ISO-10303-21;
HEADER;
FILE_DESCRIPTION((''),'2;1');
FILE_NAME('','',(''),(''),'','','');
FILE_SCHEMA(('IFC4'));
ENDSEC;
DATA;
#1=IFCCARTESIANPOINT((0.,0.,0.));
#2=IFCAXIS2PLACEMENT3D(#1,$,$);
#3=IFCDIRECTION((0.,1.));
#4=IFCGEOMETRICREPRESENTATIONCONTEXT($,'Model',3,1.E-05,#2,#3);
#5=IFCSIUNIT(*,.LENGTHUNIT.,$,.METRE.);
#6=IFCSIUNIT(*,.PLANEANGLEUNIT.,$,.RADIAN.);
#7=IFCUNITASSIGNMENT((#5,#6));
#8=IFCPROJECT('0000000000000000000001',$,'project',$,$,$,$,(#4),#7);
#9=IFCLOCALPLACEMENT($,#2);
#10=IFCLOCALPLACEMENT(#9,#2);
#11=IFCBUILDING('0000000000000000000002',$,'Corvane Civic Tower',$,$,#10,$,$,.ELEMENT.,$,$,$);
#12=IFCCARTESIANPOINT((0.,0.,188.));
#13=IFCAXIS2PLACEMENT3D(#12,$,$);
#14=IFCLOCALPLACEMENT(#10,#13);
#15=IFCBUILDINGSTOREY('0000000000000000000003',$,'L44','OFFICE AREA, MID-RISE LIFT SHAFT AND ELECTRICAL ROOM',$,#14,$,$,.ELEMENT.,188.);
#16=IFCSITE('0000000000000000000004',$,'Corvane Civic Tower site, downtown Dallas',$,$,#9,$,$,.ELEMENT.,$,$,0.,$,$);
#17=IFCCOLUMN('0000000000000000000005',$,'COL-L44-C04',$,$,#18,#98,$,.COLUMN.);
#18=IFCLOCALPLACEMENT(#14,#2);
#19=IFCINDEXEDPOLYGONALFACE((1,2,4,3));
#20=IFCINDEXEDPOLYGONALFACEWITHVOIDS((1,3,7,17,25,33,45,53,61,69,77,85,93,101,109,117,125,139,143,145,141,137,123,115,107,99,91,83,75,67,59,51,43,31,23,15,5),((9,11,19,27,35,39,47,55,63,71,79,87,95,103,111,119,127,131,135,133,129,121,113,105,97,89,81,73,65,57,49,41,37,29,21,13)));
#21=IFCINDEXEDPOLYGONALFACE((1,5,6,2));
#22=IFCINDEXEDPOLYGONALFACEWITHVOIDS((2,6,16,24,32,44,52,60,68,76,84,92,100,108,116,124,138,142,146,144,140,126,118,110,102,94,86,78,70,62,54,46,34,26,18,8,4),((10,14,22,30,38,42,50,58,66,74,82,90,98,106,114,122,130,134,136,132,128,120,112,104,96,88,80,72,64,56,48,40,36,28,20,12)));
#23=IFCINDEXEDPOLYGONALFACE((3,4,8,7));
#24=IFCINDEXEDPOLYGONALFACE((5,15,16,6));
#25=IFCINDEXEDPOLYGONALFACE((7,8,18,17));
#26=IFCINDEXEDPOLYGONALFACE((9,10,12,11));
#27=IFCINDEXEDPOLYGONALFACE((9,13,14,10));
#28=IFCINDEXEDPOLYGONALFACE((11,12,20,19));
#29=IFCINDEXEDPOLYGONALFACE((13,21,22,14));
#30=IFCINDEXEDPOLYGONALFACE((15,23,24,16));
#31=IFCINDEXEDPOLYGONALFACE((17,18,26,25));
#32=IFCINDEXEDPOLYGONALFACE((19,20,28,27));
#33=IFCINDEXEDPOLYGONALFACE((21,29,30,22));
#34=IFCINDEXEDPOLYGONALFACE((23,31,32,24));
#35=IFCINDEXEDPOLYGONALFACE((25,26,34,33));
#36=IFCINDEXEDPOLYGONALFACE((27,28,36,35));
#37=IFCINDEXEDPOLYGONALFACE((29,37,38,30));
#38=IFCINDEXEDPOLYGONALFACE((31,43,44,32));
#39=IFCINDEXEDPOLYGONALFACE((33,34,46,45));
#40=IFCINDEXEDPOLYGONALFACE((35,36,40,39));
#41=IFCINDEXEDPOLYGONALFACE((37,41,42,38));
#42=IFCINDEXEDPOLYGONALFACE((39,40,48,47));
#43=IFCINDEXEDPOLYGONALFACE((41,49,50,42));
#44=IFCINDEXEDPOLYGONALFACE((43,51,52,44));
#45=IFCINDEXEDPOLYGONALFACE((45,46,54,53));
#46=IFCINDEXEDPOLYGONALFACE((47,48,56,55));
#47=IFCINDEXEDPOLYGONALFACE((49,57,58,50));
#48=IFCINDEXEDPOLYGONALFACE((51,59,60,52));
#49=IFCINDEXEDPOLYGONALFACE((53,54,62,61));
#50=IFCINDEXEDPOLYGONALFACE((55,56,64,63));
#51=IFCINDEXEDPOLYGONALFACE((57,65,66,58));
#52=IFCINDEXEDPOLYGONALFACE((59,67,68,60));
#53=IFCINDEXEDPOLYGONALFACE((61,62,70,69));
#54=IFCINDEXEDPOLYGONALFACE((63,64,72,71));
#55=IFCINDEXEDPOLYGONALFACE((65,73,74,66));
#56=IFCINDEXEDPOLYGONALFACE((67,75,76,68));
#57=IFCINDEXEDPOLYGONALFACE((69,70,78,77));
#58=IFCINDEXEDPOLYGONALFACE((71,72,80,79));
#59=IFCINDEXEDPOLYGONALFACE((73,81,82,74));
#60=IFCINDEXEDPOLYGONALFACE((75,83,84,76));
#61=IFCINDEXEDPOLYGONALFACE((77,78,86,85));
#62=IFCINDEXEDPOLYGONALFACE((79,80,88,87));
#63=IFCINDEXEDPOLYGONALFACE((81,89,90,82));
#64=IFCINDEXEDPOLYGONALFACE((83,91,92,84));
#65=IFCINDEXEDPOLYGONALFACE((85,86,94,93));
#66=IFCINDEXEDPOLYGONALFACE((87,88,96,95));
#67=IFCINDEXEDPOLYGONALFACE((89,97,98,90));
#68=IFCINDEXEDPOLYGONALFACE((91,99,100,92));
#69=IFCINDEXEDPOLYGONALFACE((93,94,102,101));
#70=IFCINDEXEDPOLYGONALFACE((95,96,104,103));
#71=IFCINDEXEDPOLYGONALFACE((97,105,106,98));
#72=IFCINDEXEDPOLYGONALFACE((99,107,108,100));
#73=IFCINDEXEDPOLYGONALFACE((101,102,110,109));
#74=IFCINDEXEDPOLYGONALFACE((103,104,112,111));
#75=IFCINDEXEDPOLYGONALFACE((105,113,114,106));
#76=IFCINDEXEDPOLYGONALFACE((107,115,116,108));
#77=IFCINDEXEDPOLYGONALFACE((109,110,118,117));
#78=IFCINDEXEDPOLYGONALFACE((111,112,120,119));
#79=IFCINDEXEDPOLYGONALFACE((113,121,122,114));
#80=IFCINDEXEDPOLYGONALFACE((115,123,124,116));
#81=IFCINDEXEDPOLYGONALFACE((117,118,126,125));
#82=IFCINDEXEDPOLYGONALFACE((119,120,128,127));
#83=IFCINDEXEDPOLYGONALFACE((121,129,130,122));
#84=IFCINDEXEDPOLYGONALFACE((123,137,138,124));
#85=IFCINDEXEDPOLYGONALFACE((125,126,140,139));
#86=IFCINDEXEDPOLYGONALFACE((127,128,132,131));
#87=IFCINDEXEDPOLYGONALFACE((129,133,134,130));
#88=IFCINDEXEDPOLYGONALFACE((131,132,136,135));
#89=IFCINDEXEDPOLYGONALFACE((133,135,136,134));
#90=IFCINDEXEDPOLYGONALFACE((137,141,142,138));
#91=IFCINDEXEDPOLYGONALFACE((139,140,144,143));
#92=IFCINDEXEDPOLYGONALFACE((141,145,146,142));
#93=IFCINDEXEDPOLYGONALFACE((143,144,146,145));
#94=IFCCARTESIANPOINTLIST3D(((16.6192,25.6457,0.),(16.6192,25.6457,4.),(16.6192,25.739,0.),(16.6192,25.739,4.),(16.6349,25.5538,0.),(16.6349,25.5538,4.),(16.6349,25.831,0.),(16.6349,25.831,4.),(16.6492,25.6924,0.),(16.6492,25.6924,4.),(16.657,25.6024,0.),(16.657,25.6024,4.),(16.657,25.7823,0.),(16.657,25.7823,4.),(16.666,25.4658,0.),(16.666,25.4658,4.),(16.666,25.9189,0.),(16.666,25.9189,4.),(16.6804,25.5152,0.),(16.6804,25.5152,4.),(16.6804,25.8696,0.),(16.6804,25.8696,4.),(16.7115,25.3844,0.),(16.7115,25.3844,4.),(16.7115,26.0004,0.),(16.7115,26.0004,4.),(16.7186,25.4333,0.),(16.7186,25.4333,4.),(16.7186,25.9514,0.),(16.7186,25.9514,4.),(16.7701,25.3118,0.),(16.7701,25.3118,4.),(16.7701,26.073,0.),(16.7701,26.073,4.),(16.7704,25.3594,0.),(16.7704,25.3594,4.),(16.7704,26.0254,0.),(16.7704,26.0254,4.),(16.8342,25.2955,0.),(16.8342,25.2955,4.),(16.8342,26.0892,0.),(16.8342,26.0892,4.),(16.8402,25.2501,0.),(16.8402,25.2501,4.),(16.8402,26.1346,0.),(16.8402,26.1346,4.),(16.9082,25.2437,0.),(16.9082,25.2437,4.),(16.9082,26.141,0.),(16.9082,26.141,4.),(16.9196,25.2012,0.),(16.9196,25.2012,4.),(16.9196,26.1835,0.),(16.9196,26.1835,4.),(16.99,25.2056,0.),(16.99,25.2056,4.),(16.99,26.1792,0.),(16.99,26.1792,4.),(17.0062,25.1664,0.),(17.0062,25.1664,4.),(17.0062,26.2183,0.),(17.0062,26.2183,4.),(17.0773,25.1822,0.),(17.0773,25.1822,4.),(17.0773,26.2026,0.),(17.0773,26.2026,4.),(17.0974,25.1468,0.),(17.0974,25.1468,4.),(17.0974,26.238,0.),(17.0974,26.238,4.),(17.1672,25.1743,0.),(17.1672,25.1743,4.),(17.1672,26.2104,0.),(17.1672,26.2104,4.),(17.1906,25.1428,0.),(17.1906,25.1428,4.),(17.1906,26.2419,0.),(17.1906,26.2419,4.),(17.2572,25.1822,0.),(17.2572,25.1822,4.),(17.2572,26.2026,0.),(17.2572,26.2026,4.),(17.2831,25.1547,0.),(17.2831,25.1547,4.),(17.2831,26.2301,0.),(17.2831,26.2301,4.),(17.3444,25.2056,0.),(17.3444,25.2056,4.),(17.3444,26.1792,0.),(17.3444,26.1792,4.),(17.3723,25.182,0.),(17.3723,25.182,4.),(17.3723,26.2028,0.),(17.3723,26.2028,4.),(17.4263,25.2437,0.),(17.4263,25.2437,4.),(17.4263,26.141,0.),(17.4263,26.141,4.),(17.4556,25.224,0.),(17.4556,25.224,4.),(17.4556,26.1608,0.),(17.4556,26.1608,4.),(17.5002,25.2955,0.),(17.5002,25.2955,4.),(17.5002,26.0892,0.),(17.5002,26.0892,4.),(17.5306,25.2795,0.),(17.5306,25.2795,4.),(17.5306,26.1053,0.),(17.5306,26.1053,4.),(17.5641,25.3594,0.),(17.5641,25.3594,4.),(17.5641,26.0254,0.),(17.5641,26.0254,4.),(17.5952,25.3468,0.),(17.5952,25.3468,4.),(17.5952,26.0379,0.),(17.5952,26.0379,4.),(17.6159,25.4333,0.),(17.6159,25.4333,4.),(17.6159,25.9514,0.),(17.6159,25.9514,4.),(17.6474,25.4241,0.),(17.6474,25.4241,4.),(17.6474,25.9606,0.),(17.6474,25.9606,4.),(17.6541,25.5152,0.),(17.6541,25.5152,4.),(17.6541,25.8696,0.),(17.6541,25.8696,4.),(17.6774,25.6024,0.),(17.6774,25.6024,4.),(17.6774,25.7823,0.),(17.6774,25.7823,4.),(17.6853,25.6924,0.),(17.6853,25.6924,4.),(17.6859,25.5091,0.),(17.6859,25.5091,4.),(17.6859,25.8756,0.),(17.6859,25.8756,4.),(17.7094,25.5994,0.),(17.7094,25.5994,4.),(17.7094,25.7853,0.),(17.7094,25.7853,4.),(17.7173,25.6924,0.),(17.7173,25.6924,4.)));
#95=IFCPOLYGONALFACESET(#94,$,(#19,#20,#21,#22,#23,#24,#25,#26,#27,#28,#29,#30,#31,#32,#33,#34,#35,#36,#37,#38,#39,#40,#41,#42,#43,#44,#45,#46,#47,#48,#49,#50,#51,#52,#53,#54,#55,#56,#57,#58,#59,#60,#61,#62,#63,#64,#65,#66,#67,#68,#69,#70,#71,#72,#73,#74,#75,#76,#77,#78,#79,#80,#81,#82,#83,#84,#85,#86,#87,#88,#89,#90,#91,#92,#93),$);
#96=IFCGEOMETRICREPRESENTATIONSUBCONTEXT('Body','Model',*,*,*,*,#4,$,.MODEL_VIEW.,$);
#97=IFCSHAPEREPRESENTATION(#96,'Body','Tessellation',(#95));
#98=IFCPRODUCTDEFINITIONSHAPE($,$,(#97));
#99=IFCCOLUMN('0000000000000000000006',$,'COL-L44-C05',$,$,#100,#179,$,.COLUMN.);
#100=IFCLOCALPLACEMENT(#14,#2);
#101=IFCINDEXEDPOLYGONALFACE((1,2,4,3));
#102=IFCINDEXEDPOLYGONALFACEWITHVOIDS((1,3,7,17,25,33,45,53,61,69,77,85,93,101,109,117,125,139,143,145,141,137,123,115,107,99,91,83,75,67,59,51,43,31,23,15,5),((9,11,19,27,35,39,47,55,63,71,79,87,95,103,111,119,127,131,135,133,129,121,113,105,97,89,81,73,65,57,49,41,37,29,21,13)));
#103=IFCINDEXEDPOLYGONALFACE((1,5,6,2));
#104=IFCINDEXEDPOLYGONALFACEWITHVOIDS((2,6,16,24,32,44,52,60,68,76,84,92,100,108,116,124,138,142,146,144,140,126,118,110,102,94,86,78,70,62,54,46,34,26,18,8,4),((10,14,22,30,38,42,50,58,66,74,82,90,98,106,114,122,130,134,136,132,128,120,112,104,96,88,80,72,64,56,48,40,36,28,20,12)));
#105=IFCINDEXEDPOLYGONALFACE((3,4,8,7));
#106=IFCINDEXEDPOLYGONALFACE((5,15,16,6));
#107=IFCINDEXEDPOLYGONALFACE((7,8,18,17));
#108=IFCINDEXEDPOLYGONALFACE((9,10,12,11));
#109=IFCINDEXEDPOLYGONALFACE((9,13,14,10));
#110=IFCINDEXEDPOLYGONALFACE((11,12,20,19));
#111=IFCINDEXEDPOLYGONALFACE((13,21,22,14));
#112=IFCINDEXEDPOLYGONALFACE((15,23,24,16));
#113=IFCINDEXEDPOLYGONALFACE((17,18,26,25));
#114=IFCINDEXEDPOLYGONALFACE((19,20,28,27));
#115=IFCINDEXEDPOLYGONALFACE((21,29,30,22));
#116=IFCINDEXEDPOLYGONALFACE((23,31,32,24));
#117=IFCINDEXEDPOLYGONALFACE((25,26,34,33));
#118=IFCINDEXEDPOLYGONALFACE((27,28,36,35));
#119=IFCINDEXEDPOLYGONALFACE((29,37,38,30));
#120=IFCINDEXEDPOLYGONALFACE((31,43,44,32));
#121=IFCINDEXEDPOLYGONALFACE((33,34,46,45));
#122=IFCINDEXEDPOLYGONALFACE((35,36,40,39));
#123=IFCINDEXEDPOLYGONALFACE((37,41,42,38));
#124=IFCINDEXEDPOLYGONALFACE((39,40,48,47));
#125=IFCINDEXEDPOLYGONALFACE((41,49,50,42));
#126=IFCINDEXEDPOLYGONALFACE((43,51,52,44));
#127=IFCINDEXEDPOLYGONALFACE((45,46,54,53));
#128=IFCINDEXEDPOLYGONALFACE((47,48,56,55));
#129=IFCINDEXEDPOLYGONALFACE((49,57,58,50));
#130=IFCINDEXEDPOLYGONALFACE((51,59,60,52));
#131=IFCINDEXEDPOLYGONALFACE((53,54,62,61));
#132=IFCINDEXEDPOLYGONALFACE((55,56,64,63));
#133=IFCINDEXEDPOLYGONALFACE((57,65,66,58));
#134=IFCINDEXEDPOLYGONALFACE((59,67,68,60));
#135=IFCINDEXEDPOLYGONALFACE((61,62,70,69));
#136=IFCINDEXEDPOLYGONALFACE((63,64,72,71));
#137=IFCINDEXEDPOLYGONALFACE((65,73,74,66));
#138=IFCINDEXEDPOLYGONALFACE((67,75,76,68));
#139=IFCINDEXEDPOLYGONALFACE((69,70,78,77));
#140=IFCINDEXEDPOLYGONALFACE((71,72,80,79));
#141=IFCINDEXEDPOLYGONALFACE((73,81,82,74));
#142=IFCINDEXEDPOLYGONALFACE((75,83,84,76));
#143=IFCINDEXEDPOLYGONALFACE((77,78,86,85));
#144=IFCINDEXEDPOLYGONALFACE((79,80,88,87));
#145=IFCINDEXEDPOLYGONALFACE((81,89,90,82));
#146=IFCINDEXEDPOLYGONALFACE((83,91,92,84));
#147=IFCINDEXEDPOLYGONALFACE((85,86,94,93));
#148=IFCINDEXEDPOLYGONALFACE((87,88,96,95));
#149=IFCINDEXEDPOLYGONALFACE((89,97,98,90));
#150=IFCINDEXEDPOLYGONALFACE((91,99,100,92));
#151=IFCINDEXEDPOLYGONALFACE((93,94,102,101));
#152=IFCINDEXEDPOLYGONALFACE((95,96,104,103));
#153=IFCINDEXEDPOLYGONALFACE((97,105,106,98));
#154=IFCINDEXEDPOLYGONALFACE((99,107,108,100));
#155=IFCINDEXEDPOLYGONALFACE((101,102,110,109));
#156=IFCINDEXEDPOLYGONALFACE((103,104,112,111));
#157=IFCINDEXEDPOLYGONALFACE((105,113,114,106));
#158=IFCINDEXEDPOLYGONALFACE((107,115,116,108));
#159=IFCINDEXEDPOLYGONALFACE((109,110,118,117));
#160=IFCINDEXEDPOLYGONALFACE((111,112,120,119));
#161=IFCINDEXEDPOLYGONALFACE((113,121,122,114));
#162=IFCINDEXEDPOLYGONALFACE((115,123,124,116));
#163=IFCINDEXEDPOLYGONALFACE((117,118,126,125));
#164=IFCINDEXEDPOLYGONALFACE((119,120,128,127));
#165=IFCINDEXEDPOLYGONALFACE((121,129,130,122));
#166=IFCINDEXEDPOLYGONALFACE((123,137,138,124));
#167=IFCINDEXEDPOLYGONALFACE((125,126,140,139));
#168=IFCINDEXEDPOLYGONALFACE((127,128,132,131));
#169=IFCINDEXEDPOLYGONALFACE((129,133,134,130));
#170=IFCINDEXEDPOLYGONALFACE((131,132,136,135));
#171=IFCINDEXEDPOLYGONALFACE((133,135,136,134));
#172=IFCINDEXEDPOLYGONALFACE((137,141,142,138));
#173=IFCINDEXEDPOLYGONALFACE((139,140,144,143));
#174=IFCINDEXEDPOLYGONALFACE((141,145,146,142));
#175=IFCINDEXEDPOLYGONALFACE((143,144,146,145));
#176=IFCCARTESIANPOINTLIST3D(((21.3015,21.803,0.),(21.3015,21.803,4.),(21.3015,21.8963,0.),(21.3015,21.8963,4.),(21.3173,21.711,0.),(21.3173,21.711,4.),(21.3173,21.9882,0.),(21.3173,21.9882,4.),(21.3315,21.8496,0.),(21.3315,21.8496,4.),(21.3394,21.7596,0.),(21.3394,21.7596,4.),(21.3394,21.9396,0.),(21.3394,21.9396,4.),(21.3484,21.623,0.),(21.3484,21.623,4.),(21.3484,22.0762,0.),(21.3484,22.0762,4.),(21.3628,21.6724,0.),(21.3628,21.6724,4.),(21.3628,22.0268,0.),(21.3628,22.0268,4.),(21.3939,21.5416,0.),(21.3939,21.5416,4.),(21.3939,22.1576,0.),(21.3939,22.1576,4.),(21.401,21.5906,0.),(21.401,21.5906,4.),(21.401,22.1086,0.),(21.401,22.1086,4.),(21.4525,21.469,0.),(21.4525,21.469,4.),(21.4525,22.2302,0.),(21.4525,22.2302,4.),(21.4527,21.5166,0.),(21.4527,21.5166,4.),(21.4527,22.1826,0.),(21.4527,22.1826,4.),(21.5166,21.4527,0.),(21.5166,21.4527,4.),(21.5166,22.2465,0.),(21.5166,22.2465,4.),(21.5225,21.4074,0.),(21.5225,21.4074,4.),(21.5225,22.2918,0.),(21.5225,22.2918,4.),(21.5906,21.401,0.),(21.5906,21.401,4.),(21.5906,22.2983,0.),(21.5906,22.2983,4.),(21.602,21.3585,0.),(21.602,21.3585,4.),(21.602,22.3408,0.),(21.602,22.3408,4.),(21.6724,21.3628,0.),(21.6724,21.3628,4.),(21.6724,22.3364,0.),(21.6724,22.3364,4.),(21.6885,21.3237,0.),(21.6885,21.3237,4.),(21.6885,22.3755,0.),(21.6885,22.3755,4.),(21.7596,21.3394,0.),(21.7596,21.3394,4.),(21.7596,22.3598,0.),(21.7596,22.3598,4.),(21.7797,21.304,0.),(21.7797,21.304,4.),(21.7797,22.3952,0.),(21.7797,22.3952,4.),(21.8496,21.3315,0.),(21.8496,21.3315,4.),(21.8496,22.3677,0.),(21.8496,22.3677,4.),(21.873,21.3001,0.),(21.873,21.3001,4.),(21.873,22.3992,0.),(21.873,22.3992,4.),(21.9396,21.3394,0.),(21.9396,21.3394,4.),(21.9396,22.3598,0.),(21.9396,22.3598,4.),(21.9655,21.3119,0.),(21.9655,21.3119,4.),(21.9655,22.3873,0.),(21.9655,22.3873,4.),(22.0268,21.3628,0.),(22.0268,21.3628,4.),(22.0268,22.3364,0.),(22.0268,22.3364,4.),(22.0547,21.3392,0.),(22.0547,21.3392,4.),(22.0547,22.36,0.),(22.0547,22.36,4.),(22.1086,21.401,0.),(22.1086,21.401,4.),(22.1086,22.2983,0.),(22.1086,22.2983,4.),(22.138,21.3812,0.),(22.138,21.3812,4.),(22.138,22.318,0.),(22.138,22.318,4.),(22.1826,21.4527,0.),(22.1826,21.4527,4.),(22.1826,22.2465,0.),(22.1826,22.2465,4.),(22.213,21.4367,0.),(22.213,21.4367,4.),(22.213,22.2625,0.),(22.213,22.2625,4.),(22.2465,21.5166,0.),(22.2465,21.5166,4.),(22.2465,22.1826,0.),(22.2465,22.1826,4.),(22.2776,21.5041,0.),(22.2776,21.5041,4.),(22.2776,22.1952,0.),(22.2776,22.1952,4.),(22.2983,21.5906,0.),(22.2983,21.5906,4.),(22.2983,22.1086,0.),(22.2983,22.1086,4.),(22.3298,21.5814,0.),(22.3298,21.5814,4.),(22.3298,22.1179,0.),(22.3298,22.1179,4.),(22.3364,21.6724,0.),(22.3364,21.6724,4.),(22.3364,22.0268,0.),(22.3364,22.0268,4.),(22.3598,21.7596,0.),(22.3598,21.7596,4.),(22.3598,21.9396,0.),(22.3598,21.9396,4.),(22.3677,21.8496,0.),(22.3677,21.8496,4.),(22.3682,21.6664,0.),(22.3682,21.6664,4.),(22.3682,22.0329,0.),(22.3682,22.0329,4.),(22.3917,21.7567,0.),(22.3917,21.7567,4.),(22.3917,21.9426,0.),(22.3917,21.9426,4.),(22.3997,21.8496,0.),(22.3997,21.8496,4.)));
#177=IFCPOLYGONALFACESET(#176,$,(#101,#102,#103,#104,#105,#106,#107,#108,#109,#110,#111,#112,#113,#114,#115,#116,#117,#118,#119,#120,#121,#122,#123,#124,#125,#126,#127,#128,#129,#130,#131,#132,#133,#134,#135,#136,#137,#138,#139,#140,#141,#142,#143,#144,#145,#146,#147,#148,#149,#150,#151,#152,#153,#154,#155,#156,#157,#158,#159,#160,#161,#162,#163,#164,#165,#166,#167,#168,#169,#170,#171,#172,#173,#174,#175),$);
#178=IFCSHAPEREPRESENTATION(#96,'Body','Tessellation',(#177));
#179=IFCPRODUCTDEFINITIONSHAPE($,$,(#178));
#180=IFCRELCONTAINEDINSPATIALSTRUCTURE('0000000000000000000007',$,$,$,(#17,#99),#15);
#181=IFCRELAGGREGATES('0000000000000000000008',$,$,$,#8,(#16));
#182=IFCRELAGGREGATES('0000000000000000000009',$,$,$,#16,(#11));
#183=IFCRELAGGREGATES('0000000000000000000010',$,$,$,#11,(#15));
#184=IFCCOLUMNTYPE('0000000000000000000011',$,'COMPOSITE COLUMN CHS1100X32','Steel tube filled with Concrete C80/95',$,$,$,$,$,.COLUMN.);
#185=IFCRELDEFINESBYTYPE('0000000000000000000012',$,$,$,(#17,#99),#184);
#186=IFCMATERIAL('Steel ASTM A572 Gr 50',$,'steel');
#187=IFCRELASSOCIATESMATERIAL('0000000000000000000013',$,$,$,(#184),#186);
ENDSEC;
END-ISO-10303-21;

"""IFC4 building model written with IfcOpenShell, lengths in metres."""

from ifc_helpers import new_model, si_unit, direction, frame, origin, origin_2d, place, context, subcontext, project, spatial, hollow_circle, extrude, material, material_profile, profile_set, type_object, element, save


model = new_model("IFC4")

# Units and contexts
model_context = context("Model", 3, precision=1e-05, world=origin(), true_north=direction((0.0, 1.0)))
body_context = subcontext(model_context, "Body", "Model", "MODEL_VIEW")
ifc_project = project(units=[si_unit("LENGTHUNIT", "METRE"), si_unit("PLANEANGLEUNIT", "RADIAN")], contexts=[model_context])

# Site, building, storey
site_placement = place(None, origin())
site = spatial("IfcSite", under=ifc_project, at=site_placement, Name="Corvane Civic Tower site, downtown Dallas", CompositionType="ELEMENT", RefElevation=0.0)
building_placement = place(site_placement, origin())
building = spatial("IfcBuilding", under=site, at=building_placement, Name="Corvane Civic Tower", CompositionType="ELEMENT")
storey_placement = place(building_placement, frame((0.0, 0.0, 188.0)))
storey = spatial("IfcBuildingStorey", under=building, at=storey_placement, Name="L44", Description="OFFICE AREA, MID-RISE LIFT SHAFT AND ELECTRICAL ROOM", CompositionType="ELEMENT", Elevation=188.0)

# Columns
ifc_material_1 = material(Name="Steel ASTM A572 Gr 50", Category="steel")
ifc_material_profile_1 = material_profile(ifc_material_1, hollow_circle(Radius=0.55, WallThickness=0.032, at=origin_2d()), Name="CHS1100X32")
ifc_profile_set_1 = profile_set([ifc_material_profile_1], Name="Steel ASTM A572 Gr 50")
column_type = type_object("IfcColumnType", Name="COMPOSITE COLUMN CHS1100X32", Description="Steel tube filled with Concrete C80/95", PredefinedType="COLUMN", material=ifc_profile_set_1)
for number, where, z_axis, x_axis, name in (
    (1, (17.1672, 25.6924, 0.0), (0.0, 0.0, 1.0), (1.0, 0.0, 0.0), "COL-L44-C04"),
    (2, (21.8496, 21.8496, 0.0), (0.0, 0.0, 1.0), (1.0, 0.0, 0.0), "COL-L44-C05"),
):
    element("IfcColumn", number, at=place(storey_placement, frame(where, z_axis=z_axis, x_axis=x_axis)), inside=storey, type_object=column_type, Name=name, PredefinedType="COLUMN", context=body_context, shape_type="SweptSolid", body=[
        extrude(hollow_circle(Radius=0.55, WallThickness=0.032, at=origin_2d()), origin(), (0.0, 0.0, 1.0), 4.0),
    ])

save(model, "model.ifc")
